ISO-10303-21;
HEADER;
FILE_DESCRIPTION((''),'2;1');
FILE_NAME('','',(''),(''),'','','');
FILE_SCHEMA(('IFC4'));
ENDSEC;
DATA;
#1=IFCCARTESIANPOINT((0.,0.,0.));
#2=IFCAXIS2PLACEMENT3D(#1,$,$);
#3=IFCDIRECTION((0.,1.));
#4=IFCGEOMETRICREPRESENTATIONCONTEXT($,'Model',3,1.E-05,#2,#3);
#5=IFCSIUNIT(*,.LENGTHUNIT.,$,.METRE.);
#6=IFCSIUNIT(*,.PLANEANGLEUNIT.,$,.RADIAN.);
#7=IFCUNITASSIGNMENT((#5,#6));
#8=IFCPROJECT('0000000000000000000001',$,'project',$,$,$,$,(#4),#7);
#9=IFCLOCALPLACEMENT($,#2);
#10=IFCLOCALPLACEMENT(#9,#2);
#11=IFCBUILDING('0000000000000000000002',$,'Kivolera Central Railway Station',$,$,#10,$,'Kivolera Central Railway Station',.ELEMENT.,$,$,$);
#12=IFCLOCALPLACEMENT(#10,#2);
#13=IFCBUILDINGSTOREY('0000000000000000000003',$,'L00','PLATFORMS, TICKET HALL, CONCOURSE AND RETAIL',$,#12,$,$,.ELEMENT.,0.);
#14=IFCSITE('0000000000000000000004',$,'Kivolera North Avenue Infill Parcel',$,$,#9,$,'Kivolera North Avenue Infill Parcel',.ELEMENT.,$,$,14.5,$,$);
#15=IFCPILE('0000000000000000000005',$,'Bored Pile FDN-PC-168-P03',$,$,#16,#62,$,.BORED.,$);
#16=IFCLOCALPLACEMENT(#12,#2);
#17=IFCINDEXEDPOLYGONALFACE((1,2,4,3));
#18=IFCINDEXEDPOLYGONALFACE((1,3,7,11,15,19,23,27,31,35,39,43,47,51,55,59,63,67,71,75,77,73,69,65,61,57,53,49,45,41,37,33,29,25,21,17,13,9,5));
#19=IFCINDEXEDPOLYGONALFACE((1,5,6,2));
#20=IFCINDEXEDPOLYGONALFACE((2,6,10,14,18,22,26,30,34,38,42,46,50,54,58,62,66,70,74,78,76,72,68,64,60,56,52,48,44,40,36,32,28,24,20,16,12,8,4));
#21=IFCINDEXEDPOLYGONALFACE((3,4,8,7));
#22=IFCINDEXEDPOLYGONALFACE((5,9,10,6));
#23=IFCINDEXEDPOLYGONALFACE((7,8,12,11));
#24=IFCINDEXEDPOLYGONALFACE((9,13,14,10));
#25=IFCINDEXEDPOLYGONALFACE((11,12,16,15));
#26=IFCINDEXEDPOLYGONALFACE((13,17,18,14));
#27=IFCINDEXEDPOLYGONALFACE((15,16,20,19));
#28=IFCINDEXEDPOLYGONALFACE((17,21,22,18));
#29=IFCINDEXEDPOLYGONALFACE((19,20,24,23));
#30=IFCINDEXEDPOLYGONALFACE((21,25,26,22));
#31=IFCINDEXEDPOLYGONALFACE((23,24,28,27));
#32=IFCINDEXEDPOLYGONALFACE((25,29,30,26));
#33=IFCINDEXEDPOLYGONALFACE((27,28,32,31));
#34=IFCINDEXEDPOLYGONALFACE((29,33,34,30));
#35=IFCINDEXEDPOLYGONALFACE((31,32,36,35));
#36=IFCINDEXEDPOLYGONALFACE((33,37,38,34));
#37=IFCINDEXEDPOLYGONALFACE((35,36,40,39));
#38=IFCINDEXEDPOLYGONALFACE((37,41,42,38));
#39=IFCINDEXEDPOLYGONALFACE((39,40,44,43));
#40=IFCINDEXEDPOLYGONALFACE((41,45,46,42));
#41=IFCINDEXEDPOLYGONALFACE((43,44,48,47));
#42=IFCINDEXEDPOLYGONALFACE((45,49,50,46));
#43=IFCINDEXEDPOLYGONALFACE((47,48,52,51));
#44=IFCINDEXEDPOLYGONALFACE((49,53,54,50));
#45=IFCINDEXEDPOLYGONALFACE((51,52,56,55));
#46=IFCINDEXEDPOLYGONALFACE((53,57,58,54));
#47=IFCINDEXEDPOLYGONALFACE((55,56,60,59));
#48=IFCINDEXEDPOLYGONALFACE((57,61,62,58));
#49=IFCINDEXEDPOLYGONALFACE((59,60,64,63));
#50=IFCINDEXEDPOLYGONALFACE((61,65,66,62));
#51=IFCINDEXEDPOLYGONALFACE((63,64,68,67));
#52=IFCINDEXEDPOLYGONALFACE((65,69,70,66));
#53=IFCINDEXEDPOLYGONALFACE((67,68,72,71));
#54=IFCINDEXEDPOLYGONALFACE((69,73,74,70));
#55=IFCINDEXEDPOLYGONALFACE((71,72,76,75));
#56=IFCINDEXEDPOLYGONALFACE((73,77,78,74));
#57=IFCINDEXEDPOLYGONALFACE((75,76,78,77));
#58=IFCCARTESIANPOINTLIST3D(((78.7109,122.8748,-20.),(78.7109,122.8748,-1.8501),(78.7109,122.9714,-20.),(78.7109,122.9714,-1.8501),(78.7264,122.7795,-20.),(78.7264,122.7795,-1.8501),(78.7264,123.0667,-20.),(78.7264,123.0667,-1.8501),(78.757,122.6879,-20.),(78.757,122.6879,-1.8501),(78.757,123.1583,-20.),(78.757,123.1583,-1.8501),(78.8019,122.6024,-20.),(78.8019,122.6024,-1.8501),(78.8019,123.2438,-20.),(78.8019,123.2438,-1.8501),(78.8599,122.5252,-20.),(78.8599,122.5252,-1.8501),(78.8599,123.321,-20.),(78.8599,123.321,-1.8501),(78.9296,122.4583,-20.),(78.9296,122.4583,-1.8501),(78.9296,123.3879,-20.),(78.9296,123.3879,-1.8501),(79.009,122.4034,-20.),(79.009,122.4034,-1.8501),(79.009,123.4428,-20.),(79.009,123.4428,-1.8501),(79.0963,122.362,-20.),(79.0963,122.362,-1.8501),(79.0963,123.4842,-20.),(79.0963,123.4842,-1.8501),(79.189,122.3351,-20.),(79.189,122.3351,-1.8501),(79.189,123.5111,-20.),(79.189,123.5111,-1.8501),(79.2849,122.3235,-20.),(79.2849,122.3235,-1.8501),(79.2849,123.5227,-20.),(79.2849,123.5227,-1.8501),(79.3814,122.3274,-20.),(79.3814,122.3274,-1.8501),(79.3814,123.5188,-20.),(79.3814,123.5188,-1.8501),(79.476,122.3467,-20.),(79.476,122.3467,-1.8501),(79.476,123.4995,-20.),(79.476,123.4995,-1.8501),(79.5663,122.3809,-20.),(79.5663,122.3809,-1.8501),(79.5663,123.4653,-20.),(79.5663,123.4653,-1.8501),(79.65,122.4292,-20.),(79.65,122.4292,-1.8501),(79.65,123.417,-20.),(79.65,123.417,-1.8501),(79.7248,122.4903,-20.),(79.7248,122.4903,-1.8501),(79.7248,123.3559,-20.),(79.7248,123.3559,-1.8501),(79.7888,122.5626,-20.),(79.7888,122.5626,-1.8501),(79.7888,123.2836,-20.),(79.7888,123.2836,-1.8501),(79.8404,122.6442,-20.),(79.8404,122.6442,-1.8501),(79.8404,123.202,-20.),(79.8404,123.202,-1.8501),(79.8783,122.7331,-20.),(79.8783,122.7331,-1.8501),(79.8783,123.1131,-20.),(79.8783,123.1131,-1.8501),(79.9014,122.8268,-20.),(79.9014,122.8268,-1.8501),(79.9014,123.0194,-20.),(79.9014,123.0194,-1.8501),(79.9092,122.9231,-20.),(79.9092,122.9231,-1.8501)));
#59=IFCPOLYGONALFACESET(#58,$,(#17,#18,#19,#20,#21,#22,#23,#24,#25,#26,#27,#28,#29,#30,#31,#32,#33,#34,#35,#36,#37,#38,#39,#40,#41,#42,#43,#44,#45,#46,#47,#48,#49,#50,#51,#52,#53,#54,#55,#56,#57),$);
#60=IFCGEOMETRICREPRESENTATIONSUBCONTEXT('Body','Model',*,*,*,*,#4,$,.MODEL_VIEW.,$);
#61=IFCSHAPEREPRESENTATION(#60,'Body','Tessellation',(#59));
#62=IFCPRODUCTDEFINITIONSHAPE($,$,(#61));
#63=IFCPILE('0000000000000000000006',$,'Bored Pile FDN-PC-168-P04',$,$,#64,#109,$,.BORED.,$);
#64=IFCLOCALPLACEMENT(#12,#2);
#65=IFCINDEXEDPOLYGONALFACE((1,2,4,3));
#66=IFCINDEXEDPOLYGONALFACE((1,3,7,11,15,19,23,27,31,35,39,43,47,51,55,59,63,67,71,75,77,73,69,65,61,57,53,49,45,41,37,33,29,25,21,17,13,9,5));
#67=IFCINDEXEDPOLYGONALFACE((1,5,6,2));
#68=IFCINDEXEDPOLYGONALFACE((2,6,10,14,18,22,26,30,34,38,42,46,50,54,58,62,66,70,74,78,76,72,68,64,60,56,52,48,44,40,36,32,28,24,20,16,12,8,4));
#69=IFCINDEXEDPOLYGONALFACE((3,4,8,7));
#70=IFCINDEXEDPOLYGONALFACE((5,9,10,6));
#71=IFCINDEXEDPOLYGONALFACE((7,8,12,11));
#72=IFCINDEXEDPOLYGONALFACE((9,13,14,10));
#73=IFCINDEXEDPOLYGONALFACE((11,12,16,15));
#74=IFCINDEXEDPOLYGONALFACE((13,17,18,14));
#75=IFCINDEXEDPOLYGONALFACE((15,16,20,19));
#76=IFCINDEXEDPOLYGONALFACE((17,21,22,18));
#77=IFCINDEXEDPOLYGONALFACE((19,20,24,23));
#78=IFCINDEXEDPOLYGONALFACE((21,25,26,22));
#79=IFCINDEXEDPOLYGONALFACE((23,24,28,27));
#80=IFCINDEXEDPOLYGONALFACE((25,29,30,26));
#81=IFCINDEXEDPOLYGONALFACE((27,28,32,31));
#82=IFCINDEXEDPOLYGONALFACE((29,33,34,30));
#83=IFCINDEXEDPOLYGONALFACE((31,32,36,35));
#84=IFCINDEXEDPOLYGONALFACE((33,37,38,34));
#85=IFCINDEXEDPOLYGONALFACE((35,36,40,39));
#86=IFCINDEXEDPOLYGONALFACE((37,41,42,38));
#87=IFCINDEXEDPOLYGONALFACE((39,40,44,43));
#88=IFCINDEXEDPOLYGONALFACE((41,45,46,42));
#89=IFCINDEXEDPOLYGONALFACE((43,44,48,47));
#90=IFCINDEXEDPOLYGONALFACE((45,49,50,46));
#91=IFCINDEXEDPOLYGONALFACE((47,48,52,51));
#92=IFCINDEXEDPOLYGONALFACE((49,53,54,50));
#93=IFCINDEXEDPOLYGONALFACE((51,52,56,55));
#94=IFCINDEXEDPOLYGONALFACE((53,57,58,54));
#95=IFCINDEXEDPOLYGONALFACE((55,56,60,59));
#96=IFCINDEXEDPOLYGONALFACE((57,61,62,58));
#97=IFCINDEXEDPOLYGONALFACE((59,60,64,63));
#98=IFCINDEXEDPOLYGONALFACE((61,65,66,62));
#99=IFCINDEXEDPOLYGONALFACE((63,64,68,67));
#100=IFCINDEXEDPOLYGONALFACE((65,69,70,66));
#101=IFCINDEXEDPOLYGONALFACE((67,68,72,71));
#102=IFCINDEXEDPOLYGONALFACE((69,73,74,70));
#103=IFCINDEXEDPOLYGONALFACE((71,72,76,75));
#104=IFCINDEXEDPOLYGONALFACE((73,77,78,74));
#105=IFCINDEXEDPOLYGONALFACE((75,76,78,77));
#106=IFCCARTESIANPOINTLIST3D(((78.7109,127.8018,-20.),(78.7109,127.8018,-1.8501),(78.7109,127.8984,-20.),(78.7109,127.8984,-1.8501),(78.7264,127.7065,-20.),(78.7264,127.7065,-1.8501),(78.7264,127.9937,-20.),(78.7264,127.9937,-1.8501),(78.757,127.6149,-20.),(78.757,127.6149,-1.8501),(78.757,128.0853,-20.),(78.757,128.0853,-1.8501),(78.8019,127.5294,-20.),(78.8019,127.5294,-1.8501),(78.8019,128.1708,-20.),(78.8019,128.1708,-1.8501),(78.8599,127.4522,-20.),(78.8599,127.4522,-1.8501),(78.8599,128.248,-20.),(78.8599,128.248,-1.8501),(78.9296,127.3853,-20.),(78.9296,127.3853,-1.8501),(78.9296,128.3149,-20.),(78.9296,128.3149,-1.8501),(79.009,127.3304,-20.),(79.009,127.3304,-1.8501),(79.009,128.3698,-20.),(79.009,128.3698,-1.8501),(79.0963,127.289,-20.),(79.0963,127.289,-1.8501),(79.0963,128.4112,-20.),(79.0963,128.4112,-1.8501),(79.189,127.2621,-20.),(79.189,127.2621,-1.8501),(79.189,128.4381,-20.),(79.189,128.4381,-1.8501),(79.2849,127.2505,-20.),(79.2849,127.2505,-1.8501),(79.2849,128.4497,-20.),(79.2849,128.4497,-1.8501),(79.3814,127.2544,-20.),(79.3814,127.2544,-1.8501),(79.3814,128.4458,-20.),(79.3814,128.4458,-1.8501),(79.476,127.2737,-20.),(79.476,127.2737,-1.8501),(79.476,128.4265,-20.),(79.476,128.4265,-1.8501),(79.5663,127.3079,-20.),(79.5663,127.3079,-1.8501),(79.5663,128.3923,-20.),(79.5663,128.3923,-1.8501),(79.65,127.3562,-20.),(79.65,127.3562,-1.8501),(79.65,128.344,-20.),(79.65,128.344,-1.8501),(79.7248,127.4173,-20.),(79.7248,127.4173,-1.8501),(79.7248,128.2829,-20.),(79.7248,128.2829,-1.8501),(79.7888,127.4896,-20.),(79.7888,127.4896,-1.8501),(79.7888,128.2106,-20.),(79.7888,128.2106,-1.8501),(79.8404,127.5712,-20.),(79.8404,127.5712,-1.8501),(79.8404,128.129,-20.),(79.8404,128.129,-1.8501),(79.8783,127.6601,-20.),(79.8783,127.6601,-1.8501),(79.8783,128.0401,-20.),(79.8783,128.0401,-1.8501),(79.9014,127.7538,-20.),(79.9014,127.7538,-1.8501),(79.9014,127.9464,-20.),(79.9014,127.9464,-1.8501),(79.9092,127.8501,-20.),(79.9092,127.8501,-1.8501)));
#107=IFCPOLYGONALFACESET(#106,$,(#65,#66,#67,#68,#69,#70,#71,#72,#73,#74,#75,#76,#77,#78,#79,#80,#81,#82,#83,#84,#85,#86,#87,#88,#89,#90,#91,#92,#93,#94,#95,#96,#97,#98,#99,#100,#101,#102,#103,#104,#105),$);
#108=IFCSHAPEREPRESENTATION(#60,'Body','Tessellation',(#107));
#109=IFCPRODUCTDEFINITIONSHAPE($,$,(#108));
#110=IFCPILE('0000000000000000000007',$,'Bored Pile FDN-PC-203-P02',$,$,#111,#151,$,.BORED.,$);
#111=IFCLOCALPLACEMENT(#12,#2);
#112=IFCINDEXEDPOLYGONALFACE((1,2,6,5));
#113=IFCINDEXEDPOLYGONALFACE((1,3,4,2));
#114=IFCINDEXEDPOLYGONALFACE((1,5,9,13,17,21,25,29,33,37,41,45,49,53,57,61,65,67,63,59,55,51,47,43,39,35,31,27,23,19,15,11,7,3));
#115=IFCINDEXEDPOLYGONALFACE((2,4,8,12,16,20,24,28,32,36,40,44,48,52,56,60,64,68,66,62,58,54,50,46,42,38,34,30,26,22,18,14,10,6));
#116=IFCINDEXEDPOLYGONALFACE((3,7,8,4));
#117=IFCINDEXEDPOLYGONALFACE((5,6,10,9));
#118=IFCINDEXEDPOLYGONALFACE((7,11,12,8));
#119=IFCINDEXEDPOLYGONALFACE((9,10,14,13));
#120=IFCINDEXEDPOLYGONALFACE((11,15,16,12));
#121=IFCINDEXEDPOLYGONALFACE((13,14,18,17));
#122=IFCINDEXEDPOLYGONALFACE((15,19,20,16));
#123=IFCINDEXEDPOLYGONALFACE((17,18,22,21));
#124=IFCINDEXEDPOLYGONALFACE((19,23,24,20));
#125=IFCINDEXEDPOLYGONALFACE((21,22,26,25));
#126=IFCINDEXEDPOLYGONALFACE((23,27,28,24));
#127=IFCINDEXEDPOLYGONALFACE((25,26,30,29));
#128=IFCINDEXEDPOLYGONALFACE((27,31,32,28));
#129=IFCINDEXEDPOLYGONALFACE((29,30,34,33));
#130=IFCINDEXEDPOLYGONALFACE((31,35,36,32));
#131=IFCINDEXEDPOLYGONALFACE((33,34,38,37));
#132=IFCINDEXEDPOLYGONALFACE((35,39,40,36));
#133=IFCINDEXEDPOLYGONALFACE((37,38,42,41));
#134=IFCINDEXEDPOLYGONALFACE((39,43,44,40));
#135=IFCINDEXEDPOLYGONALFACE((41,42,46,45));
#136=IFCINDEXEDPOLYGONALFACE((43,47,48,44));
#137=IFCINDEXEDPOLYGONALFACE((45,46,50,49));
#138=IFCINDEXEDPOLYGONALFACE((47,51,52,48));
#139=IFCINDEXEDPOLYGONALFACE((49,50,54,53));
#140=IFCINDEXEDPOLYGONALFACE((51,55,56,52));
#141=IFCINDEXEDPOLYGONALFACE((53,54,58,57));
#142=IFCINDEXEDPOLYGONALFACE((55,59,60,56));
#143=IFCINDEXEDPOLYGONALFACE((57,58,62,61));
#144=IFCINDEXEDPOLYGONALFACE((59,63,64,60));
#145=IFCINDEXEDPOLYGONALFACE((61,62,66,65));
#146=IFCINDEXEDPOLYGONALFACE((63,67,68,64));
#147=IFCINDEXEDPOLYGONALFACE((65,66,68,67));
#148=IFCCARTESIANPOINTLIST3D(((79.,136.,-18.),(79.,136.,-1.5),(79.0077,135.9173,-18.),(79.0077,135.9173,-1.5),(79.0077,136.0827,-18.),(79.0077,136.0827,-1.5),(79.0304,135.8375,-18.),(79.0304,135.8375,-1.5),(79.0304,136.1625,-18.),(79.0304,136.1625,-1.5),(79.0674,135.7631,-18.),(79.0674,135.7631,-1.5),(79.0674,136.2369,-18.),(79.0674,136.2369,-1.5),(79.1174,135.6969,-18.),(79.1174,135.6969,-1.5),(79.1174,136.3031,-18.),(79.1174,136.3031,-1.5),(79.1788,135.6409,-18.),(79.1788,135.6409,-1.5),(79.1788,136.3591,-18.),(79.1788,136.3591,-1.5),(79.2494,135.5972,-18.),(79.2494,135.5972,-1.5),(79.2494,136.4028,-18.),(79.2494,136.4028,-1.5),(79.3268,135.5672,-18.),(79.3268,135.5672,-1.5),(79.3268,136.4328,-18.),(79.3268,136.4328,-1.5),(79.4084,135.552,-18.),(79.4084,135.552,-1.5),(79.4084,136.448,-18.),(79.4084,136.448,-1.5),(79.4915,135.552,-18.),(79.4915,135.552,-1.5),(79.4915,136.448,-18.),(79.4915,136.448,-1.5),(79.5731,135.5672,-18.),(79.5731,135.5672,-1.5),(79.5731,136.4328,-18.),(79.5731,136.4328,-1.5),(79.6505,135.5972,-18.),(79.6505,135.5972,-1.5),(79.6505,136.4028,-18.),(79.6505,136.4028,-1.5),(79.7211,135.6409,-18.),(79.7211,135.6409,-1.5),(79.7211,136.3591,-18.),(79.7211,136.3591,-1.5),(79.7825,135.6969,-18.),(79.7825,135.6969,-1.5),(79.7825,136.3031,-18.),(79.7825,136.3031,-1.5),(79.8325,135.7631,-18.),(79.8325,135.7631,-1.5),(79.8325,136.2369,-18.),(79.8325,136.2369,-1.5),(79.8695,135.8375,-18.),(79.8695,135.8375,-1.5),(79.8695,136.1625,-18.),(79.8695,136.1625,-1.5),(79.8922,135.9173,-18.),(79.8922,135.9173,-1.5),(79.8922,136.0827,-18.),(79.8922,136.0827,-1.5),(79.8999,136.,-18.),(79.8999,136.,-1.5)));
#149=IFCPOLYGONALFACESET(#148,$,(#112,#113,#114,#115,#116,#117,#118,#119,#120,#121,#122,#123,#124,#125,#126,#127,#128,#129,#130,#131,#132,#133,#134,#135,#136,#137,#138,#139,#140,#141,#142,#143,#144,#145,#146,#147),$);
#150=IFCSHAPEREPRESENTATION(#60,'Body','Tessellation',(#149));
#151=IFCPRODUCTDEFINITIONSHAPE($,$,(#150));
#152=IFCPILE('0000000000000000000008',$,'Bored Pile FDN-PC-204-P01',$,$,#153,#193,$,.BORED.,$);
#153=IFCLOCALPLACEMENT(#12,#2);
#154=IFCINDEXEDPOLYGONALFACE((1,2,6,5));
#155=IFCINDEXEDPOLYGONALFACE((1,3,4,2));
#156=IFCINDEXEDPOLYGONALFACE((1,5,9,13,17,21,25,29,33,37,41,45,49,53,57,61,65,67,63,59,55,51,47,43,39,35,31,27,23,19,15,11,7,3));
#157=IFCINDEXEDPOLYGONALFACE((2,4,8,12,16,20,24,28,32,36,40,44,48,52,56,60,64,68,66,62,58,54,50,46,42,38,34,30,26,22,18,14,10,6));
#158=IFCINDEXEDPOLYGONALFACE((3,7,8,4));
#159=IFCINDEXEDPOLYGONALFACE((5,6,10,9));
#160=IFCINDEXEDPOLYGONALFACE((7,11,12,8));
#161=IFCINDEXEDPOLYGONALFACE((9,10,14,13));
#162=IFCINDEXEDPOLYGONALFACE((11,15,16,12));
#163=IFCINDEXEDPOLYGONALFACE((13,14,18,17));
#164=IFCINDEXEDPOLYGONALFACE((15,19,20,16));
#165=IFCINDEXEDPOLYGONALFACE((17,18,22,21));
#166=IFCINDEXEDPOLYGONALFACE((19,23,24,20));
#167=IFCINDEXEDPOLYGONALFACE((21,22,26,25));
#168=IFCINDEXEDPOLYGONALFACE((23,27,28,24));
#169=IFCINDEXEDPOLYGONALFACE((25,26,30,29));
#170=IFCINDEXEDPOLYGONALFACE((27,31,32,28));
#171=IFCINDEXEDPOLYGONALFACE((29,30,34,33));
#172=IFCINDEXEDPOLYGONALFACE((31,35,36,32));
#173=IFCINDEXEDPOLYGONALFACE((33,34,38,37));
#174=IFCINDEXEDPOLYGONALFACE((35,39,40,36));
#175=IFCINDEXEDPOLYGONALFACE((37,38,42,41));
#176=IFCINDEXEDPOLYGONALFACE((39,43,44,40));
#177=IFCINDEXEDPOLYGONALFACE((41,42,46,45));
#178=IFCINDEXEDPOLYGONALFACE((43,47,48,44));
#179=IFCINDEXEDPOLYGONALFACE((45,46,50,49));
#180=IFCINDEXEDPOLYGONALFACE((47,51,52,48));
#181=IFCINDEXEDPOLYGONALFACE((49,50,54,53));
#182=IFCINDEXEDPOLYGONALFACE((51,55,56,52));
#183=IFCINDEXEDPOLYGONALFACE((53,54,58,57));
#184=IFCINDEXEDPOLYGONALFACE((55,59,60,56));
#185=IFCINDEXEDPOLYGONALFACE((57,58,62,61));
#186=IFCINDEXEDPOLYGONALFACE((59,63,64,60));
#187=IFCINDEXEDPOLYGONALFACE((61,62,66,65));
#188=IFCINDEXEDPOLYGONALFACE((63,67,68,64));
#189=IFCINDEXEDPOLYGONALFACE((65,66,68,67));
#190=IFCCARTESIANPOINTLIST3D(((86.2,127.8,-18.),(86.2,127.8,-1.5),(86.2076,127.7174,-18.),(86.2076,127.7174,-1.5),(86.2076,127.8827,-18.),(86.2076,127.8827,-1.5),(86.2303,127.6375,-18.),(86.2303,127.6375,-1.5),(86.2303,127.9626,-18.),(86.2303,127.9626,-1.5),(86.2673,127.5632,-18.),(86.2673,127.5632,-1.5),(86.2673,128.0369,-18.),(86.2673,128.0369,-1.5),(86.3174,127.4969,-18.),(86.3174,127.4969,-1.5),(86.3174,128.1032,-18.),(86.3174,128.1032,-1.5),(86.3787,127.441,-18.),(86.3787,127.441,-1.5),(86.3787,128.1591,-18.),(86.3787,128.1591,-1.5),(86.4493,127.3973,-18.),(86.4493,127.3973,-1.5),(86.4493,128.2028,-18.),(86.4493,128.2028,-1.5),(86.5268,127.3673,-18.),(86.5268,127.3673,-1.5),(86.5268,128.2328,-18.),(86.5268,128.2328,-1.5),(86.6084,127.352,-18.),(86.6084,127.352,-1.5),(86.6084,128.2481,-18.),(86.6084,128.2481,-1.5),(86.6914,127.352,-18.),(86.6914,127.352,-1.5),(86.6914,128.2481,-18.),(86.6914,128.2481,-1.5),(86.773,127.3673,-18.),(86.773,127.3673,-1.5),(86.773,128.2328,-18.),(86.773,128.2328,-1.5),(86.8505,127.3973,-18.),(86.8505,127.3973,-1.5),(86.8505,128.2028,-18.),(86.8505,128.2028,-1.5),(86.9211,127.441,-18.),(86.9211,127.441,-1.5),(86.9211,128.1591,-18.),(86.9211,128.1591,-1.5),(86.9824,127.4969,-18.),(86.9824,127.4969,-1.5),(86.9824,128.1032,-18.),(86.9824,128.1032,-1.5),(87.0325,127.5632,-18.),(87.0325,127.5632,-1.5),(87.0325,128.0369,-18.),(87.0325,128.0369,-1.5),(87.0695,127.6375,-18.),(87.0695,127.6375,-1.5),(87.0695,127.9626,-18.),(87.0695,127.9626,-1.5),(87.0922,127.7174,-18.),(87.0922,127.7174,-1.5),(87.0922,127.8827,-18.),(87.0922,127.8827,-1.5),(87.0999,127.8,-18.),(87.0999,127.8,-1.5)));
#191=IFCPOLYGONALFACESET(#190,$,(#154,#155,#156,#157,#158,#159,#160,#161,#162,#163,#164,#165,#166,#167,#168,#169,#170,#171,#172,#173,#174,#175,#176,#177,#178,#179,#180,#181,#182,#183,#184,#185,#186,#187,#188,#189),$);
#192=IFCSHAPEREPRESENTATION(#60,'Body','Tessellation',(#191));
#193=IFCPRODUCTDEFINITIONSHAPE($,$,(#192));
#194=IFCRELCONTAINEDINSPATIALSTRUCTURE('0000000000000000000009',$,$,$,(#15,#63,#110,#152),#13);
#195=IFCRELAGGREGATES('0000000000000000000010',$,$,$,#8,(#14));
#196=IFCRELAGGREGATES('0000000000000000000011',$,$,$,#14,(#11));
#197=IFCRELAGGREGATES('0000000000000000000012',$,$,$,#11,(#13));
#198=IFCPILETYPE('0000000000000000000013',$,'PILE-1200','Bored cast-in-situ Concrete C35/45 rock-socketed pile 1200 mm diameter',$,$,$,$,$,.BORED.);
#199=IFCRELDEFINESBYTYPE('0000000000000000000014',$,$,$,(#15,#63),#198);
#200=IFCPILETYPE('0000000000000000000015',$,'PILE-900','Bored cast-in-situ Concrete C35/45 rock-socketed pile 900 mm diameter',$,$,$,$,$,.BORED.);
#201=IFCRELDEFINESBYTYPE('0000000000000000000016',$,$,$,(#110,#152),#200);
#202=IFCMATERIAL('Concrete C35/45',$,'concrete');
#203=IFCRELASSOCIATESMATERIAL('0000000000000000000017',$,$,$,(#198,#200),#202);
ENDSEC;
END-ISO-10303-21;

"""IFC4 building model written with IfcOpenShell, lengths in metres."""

from ifc_helpers import new_model, si_unit, direction, frame, origin, origin_2d, place, context, subcontext, project, spatial, circle, extrude, material, material_profile, profile_set, type_object, element, save


model = new_model("IFC4")

# Units and contexts
model_context = context("Model", 3, precision=1e-05, world=origin(), true_north=direction((0.0, 1.0)))
body_context = subcontext(model_context, "Body", "Model", "MODEL_VIEW")
ifc_project = project(units=[si_unit("LENGTHUNIT", "METRE"), si_unit("PLANEANGLEUNIT", "RADIAN")], contexts=[model_context])

# Site, building, storey
site_placement = place(None, origin())
site = spatial("IfcSite", under=ifc_project, at=site_placement, Name="Kivolera North Avenue Infill Parcel", LongName="Kivolera North Avenue Infill Parcel", CompositionType="ELEMENT", RefElevation=14.5)
building_placement = place(site_placement, origin())
building = spatial("IfcBuilding", under=site, at=building_placement, Name="Kivolera Central Railway Station", LongName="Kivolera Central Railway Station", CompositionType="ELEMENT")
storey_placement = place(building_placement, origin())
storey = spatial("IfcBuildingStorey", under=building, at=storey_placement, Name="L00", Description="PLATFORMS, TICKET HALL, CONCOURSE AND RETAIL", CompositionType="ELEMENT", Elevation=0.0)

# Shared definitions
ifc_material_1 = material(Name="Concrete C35/45", Category="concrete")

# Piles
ifc_material_profile_1 = material_profile(ifc_material_1, circle(Radius=0.6001, at=origin_2d()), Name="PILE D1200")
ifc_profile_set_1 = profile_set([ifc_material_profile_1], Name="Concrete C35/45")
pile_type_1 = type_object("IfcPileType", Name="PILE-1200", Description="Bored cast-in-situ Concrete C35/45 rock-socketed pile 1200 mm diameter", PredefinedType="BORED", material=ifc_profile_set_1)
for number, where, z_axis, x_axis, name in (
    (1, (79.3091, 122.9231, -1.8501), (0.0, 0.0, -1.0), (1.0, 0.0, 0.0), "Bored Pile FDN-PC-168-P03"),
    (2, (79.3091, 127.8501, -1.8501), (0.0, 0.0, -1.0), (1.0, 0.0, 0.0), "Bored Pile FDN-PC-168-P04"),
):
    element("IfcPile", number, at=place(storey_placement, frame(where, z_axis=z_axis, x_axis=x_axis)), inside=storey, type_object=pile_type_1, Name=name, PredefinedType="BORED", context=body_context, shape_type="SweptSolid", body=[
        extrude(circle(Radius=0.6001, at=origin_2d()), origin(), (0.0, 0.0, 1.0), 18.1499),
    ])
ifc_material_profile_2 = material_profile(ifc_material_1, circle(Radius=0.45, at=origin_2d()), Name="PILE D900")
ifc_profile_set_2 = profile_set([ifc_material_profile_2], Name="Concrete C35/45")
pile_type_2 = type_object("IfcPileType", Name="PILE-900", Description="Bored cast-in-situ Concrete C35/45 rock-socketed pile 900 mm diameter", PredefinedType="BORED", material=ifc_profile_set_2)
for number, where, z_axis, x_axis, name in (
    (3, (79.45, 136.0, -1.5), (0.0, 0.0, -1.0), (1.0, 0.0, 0.0), "Bored Pile FDN-PC-203-P02"),
    (4, (86.6499, 127.8, -1.5), (0.0, 0.0, -1.0), (1.0, 0.0, 0.0), "Bored Pile FDN-PC-204-P01"),
):
    element("IfcPile", number, at=place(storey_placement, frame(where, z_axis=z_axis, x_axis=x_axis)), inside=storey, type_object=pile_type_2, Name=name, PredefinedType="BORED", context=body_context, shape_type="SweptSolid", body=[
        extrude(circle(Radius=0.45, at=origin_2d()), origin(), (0.0, 0.0, 1.0), 16.5),
    ])

save(model, "model.ifc")
